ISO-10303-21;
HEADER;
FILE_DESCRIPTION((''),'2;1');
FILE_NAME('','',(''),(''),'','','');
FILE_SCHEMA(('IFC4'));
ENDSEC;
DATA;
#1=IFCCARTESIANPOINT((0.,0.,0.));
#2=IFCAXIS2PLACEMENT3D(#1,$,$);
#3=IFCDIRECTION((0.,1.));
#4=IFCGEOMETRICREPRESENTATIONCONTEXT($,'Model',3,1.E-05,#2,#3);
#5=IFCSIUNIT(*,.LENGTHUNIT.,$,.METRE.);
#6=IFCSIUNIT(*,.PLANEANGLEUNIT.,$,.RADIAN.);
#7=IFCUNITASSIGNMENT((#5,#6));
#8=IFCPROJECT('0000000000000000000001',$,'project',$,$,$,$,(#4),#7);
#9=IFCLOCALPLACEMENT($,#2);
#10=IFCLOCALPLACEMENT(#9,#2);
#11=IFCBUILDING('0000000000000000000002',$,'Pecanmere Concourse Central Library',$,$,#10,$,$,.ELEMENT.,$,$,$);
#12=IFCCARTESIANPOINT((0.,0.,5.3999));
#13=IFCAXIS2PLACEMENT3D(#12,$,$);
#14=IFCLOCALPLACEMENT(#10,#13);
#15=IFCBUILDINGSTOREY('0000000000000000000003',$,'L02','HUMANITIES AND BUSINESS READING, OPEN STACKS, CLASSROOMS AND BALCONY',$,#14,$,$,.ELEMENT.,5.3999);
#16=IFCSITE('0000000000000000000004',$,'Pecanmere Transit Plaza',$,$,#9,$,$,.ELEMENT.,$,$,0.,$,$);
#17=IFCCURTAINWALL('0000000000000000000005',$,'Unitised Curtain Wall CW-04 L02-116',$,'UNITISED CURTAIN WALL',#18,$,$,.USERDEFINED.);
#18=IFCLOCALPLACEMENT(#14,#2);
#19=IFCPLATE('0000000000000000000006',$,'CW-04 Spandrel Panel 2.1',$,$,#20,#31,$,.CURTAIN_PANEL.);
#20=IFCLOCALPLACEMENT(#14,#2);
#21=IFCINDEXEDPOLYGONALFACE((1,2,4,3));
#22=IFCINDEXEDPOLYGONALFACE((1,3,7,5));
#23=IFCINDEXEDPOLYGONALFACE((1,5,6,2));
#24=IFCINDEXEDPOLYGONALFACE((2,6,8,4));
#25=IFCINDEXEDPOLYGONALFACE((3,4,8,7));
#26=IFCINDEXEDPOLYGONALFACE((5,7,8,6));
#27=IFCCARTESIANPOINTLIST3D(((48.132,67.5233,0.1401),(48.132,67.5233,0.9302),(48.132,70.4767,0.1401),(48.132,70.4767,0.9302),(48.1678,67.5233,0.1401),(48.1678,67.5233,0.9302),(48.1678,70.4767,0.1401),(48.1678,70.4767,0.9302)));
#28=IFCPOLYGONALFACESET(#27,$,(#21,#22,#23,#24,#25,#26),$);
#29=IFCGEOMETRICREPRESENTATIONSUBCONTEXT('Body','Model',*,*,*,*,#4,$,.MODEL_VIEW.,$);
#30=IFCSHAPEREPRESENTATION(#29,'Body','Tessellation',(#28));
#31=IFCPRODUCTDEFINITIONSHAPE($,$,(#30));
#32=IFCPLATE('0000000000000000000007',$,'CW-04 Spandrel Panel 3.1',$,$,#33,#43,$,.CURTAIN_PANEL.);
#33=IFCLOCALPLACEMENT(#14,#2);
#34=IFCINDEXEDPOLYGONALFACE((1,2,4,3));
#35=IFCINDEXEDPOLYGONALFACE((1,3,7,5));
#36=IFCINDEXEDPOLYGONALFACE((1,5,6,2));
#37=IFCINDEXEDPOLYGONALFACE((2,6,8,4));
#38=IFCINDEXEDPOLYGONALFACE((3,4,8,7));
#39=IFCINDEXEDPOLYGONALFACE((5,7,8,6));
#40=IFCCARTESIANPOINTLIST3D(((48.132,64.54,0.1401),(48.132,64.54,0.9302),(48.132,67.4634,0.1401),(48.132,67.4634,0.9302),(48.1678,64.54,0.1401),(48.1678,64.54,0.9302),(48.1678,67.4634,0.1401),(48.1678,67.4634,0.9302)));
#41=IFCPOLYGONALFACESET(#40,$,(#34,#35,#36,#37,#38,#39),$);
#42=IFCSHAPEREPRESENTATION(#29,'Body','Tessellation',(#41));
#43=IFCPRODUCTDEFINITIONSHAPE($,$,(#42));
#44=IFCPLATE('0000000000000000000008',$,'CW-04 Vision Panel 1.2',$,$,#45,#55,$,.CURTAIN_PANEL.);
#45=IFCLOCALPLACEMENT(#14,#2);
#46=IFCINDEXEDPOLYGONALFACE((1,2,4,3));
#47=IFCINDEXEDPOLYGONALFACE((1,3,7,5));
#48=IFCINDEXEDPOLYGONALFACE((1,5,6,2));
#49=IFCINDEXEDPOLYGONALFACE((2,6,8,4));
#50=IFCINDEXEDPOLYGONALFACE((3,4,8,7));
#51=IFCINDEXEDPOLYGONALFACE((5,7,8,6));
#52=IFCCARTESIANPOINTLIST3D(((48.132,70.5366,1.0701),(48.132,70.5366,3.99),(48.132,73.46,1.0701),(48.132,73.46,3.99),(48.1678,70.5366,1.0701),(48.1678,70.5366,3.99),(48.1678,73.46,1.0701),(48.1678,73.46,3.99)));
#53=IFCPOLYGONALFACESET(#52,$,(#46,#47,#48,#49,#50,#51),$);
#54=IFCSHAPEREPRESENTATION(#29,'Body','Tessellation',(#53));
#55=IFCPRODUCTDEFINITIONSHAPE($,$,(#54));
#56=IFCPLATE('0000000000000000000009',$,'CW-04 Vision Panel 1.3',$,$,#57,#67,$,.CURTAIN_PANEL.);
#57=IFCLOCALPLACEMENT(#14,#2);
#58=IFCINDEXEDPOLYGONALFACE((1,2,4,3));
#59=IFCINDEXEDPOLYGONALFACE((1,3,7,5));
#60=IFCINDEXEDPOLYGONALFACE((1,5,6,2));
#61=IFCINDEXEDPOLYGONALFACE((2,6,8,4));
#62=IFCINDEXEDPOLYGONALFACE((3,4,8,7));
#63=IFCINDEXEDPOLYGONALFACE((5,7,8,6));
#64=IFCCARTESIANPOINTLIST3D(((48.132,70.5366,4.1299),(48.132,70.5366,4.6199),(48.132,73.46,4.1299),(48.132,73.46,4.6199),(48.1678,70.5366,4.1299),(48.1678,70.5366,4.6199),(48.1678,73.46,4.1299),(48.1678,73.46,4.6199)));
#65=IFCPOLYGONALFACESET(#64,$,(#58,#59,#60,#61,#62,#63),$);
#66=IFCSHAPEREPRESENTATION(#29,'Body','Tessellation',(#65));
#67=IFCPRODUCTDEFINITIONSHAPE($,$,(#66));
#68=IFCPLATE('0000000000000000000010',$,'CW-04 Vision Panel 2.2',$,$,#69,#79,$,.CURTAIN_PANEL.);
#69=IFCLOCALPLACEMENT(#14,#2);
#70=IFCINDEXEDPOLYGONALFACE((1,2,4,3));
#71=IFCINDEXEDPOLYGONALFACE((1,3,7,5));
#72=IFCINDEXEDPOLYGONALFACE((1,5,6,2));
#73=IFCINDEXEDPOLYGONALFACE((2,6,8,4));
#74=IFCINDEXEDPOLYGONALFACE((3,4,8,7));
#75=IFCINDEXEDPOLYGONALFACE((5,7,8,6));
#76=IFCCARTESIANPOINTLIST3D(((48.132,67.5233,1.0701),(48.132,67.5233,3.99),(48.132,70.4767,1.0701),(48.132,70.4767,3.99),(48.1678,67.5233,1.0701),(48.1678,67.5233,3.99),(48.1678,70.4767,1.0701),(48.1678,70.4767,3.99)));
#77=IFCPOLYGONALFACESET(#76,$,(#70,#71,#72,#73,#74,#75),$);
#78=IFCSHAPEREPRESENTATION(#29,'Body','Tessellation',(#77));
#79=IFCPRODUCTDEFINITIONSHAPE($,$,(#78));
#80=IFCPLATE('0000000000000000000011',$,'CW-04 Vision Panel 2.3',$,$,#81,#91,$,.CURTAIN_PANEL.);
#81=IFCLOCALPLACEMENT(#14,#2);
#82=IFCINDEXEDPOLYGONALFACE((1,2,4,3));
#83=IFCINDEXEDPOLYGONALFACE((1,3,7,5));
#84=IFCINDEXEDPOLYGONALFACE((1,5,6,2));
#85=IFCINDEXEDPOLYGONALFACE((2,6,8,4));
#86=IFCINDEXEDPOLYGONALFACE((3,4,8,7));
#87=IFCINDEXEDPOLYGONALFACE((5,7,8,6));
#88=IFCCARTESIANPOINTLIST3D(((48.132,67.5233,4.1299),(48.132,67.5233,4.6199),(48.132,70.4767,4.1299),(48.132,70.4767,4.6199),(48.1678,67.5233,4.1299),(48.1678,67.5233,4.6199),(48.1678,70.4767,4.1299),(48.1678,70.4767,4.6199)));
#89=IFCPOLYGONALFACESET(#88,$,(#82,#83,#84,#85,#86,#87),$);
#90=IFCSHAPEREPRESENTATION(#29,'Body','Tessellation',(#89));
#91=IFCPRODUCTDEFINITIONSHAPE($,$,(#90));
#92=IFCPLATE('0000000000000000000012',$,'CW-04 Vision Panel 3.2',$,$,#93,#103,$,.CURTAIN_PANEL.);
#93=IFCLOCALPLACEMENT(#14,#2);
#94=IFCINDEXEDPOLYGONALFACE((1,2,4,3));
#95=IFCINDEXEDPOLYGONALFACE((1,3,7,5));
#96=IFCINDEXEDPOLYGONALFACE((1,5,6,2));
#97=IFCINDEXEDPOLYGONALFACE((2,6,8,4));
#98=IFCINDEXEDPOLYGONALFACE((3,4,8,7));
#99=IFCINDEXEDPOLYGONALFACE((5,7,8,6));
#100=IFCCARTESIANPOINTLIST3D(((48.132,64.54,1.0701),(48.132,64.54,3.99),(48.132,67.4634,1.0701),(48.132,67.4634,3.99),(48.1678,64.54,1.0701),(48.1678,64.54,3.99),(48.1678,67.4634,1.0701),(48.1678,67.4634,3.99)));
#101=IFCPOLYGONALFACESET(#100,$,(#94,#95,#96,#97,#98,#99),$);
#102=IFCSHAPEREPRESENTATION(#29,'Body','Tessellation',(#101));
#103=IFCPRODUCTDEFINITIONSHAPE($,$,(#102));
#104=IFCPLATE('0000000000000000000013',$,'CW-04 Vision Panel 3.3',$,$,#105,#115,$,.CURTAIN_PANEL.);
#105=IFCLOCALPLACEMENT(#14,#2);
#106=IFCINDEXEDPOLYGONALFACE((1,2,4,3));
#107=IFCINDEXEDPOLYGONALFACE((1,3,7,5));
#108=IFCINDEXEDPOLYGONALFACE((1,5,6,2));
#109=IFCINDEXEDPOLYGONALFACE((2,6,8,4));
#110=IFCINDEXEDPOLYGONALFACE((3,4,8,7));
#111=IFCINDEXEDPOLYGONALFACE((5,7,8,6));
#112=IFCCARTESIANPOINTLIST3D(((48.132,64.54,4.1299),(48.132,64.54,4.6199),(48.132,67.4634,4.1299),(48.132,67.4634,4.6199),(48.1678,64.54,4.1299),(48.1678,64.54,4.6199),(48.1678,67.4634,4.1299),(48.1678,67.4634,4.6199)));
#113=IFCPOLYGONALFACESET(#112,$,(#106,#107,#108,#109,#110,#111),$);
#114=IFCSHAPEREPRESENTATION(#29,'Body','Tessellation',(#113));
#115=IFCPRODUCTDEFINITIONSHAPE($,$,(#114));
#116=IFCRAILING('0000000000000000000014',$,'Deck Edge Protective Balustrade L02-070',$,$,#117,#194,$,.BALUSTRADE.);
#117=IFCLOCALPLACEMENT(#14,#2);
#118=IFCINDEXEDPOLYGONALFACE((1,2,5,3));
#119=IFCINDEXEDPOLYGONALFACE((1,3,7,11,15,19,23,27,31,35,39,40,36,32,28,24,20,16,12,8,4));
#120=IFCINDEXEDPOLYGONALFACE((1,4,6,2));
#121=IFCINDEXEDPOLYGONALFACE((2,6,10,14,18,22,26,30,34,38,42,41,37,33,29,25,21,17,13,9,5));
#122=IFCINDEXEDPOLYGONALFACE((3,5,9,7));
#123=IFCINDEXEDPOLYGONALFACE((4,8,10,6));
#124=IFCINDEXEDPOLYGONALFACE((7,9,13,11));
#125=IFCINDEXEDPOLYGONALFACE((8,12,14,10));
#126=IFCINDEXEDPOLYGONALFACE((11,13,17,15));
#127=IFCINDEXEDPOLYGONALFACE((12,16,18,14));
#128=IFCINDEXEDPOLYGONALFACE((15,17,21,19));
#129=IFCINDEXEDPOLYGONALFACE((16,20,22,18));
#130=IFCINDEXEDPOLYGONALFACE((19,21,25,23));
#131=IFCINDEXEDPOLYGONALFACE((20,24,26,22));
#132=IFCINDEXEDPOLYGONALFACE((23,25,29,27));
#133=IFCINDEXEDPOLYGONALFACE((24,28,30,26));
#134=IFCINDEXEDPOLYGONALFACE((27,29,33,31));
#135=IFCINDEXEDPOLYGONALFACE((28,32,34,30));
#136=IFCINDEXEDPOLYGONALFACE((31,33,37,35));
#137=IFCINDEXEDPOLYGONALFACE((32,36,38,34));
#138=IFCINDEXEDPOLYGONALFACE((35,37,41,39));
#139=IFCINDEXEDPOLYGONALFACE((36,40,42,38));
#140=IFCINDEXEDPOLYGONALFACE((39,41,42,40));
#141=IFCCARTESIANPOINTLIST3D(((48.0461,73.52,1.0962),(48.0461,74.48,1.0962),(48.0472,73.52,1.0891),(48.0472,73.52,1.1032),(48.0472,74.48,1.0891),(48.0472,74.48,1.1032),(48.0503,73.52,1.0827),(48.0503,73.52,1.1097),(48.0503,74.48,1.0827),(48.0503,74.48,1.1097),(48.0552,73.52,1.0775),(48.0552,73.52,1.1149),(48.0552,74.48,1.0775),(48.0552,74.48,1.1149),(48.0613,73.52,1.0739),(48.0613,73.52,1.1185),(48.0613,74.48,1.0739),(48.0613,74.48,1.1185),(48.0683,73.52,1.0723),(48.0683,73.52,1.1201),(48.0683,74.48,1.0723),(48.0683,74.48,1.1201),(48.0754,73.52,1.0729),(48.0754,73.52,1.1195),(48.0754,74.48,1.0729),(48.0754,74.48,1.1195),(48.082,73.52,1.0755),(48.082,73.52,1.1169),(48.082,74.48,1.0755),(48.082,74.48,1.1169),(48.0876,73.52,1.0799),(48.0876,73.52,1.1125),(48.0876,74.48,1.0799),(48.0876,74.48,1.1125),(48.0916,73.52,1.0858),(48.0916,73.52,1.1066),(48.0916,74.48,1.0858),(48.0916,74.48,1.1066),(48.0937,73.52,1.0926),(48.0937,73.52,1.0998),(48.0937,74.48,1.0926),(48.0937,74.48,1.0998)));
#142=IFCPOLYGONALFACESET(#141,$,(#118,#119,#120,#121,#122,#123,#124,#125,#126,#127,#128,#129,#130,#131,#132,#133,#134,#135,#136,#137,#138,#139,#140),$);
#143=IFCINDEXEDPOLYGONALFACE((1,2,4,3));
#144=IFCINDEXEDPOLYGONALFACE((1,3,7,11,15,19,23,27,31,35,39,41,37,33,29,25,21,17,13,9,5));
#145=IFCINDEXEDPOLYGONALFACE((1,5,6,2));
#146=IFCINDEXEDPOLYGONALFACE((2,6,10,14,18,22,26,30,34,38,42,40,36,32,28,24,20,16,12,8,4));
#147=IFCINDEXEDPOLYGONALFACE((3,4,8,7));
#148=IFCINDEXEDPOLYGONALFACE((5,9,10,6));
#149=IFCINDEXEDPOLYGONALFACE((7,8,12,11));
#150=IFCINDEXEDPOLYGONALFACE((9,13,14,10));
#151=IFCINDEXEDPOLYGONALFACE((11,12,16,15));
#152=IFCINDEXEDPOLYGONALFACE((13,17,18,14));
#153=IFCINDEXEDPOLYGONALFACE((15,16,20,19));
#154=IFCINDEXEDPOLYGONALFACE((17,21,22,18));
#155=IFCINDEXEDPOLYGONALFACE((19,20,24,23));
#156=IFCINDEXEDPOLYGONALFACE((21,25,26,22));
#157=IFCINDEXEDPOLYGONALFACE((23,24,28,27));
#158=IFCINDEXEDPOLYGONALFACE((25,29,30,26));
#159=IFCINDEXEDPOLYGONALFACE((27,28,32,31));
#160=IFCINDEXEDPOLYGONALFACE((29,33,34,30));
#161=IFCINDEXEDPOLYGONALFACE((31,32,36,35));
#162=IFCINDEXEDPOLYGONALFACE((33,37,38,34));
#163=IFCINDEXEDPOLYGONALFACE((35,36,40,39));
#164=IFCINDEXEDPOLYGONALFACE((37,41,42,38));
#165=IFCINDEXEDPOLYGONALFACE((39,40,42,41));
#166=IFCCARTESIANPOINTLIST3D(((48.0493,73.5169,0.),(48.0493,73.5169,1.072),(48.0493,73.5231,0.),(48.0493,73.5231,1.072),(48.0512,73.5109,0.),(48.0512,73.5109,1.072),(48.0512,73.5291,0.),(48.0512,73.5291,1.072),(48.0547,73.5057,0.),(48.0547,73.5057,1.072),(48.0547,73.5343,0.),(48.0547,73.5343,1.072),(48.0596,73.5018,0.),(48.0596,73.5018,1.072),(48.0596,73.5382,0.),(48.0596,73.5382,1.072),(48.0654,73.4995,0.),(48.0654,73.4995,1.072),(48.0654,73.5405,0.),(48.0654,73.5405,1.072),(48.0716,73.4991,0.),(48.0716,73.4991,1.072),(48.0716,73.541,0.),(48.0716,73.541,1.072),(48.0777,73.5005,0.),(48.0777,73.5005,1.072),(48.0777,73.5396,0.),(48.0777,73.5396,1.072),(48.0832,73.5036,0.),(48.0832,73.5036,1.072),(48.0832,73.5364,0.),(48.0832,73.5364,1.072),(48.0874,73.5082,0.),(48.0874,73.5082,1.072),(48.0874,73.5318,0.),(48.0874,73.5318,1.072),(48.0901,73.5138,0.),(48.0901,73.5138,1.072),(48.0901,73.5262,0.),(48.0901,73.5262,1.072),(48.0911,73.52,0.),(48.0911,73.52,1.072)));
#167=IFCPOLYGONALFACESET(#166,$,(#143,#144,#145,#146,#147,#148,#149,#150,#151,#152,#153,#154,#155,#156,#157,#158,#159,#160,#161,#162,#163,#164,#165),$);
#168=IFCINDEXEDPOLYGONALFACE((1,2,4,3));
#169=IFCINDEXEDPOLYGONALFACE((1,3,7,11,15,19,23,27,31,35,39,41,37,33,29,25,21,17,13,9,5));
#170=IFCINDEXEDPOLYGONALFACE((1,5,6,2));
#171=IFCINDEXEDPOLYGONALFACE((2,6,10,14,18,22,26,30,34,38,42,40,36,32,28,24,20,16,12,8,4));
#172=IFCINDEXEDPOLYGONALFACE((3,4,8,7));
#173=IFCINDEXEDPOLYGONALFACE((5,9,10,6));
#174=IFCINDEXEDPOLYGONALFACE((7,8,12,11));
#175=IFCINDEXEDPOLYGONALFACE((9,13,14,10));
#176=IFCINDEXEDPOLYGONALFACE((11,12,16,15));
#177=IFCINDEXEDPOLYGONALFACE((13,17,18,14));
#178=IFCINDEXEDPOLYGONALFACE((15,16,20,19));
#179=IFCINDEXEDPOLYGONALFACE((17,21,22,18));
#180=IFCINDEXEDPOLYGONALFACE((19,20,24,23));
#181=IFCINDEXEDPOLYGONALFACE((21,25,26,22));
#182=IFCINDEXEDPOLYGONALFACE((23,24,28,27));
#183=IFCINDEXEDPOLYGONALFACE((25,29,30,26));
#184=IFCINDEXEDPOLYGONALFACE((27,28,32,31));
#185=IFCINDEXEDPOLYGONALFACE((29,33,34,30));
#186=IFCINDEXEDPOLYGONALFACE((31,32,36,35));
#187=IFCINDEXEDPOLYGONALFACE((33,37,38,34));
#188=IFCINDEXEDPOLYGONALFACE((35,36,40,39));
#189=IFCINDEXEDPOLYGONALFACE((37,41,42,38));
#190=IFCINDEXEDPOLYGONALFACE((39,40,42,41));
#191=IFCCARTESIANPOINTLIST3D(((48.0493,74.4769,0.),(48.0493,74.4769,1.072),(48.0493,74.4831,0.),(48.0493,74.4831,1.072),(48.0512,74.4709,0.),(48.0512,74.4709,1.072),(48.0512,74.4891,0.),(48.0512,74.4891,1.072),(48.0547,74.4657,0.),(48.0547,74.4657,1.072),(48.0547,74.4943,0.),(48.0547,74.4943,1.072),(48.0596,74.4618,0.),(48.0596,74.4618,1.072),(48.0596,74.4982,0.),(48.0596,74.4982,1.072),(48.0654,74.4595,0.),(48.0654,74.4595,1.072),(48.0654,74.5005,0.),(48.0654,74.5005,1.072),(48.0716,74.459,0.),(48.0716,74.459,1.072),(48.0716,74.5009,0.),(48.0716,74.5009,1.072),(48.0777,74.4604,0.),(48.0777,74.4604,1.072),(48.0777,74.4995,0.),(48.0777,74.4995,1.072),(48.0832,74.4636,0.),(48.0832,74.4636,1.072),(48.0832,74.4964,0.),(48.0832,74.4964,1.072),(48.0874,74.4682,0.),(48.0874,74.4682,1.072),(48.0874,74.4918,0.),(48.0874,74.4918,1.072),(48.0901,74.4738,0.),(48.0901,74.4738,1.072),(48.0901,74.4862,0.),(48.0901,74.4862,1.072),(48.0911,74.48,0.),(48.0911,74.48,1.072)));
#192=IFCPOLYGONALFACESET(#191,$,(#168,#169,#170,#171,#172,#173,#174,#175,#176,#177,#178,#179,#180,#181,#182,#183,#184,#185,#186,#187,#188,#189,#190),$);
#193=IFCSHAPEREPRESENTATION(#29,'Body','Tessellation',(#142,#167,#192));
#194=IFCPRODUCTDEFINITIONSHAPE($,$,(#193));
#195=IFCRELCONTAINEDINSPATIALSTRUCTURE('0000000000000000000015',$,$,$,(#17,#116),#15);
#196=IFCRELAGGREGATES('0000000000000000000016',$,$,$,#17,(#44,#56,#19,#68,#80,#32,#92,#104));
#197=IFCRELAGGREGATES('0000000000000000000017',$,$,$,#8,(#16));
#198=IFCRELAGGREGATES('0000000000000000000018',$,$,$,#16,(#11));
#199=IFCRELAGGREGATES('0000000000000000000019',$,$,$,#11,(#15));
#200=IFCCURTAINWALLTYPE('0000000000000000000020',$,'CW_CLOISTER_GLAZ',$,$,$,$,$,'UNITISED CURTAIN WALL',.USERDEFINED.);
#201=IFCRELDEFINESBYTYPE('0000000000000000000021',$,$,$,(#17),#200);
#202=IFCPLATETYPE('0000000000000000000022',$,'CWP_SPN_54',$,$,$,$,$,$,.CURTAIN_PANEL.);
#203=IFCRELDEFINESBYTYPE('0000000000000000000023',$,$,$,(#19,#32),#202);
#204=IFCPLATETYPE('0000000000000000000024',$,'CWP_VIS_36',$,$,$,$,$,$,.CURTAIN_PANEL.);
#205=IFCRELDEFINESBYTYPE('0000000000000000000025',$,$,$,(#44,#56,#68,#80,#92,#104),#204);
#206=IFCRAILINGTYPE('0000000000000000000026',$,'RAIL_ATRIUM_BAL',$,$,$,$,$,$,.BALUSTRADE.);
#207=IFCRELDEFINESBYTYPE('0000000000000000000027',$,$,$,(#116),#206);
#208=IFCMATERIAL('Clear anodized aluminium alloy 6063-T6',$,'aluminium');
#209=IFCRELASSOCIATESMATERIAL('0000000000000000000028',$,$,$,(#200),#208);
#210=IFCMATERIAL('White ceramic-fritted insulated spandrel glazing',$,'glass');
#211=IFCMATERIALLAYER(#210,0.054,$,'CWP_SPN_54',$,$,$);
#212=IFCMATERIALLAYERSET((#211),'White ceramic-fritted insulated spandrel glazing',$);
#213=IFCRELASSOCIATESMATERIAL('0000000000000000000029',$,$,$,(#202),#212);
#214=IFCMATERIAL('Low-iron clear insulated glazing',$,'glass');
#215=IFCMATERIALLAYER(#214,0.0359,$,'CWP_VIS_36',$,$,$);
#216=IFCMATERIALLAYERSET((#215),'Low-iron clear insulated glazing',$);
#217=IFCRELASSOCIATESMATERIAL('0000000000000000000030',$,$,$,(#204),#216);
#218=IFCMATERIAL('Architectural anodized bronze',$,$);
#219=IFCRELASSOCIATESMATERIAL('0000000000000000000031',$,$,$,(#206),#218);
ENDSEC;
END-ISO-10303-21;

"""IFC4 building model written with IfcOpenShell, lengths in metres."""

from ifc_helpers import new_model, si_unit, direction, frame, origin, origin_2d, place, context, subcontext, project, spatial, rectangle, circle, extrude, material, layer, layer_set, type_object, element, aggregate, save


model = new_model("IFC4")

# Units and contexts
model_context = context("Model", 3, precision=1e-05, world=origin(), true_north=direction((0.0, 1.0)))
body_context = subcontext(model_context, "Body", "Model", "MODEL_VIEW")
ifc_project = project(units=[si_unit("LENGTHUNIT", "METRE"), si_unit("PLANEANGLEUNIT", "RADIAN")], contexts=[model_context])

# Site, building, storey
site_placement = place(None, origin())
site = spatial("IfcSite", under=ifc_project, at=site_placement, Name="Pecanmere Transit Plaza", CompositionType="ELEMENT", RefElevation=0.0)
building_placement = place(site_placement, origin())
building = spatial("IfcBuilding", under=site, at=building_placement, Name="Pecanmere Concourse Central Library", CompositionType="ELEMENT")
storey_placement = place(building_placement, frame((0.0, 0.0, 5.3999)))
storey = spatial("IfcBuildingStorey", under=building, at=storey_placement, Name="L02", Description="HUMANITIES AND BUSINESS READING, OPEN STACKS, CLASSROOMS AND BALCONY", CompositionType="ELEMENT", Elevation=5.3999)

# Curtain wall
ifc_material_1 = material(Name="Clear anodized aluminium alloy 6063-T6", Category="aluminium")
curtain_wall_type = type_object("IfcCurtainWallType", Name="CW_CLOISTER_GLAZ", ElementType="UNITISED CURTAIN WALL", PredefinedType="USERDEFINED", material=ifc_material_1)
curtain_wall_placement = place(storey_placement, origin())
curtain_wall = element("IfcCurtainWall", 1, at=curtain_wall_placement, inside=storey, type_object=curtain_wall_type, Name="Unitised Curtain Wall CW-04 L02-116", ObjectType="UNITISED CURTAIN WALL", PredefinedType="USERDEFINED")

# Plates
ifc_material_2 = material(Name="White ceramic-fritted insulated spandrel glazing", Category="glass")
ifc_layer_1 = layer(ifc_material_2, 0.054, Name="CWP_SPN_54")
ifc_layer_set_1 = layer_set([ifc_layer_1], Name="White ceramic-fritted insulated spandrel glazing")
plate_type_1 = type_object("IfcPlateType", Name="CWP_SPN_54", PredefinedType="CURTAIN_PANEL", material=ifc_layer_set_1)
plate_1_placement = place(storey_placement, frame((48.1499, 69.0, 0.1401), z_axis=(0.0, 0.0, 1.0), x_axis=(0.0, -1.0, 0.0)))
plate_1 = element("IfcPlate", 2, at=plate_1_placement, type_object=plate_type_1, Name="CW-04 Spandrel Panel 2.1", PredefinedType="CURTAIN_PANEL", context=body_context, shape_type="SweptSolid", body=[
    extrude(rectangle(XDim=2.9534, YDim=0.0359, at=origin_2d()), origin(), (0.0, 0.0, 1.0), 0.79),
])
plate_2_placement = place(storey_placement, frame((48.1499, 66.0017, 0.1401), z_axis=(0.0, 0.0, 1.0), x_axis=(0.0, -1.0, 0.0)))
plate_2 = element("IfcPlate", 3, at=plate_2_placement, type_object=plate_type_1, Name="CW-04 Spandrel Panel 3.1", PredefinedType="CURTAIN_PANEL", context=body_context, shape_type="SweptSolid", body=[
    extrude(rectangle(XDim=2.9233, YDim=0.0359, at=origin_2d()), origin(), (0.0, 0.0, 1.0), 0.79),
])
ifc_material_3 = material(Name="Low-iron clear insulated glazing", Category="glass")
ifc_layer_2 = layer(ifc_material_3, 0.0359, Name="CWP_VIS_36")
ifc_layer_set_2 = layer_set([ifc_layer_2], Name="Low-iron clear insulated glazing")
plate_type_2 = type_object("IfcPlateType", Name="CWP_VIS_36", PredefinedType="CURTAIN_PANEL", material=ifc_layer_set_2)
plate_3_placement = place(storey_placement, frame((48.1499, 71.9983, 1.0701), z_axis=(0.0, 0.0, 1.0), x_axis=(0.0, -1.0, 0.0)))
plate_3 = element("IfcPlate", 4, at=plate_3_placement, type_object=plate_type_2, Name="CW-04 Vision Panel 1.2", PredefinedType="CURTAIN_PANEL", context=body_context, shape_type="SweptSolid", body=[
    extrude(rectangle(XDim=2.9233, YDim=0.0359, at=origin_2d()), origin(), (0.0, 0.0, 1.0), 2.9199),
])
plate_4_placement = place(storey_placement, frame((48.1499, 71.9983, 4.1299), z_axis=(0.0, 0.0, 1.0), x_axis=(0.0, -1.0, 0.0)))
plate_4 = element("IfcPlate", 5, at=plate_4_placement, type_object=plate_type_2, Name="CW-04 Vision Panel 1.3", PredefinedType="CURTAIN_PANEL", context=body_context, shape_type="SweptSolid", body=[
    extrude(rectangle(XDim=2.9233, YDim=0.0359, at=origin_2d()), origin(), (0.0, 0.0, 1.0), 0.49),
])
plate_5_placement = place(storey_placement, frame((48.1499, 69.0, 1.0701), z_axis=(0.0, 0.0, 1.0), x_axis=(0.0, -1.0, 0.0)))
plate_5 = element("IfcPlate", 6, at=plate_5_placement, type_object=plate_type_2, Name="CW-04 Vision Panel 2.2", PredefinedType="CURTAIN_PANEL", context=body_context, shape_type="SweptSolid", body=[
    extrude(rectangle(XDim=2.9534, YDim=0.0359, at=origin_2d()), origin(), (0.0, 0.0, 1.0), 2.9199),
])
plate_6_placement = place(storey_placement, frame((48.1499, 69.0, 4.1299), z_axis=(0.0, 0.0, 1.0), x_axis=(0.0, -1.0, 0.0)))
plate_6 = element("IfcPlate", 7, at=plate_6_placement, type_object=plate_type_2, Name="CW-04 Vision Panel 2.3", PredefinedType="CURTAIN_PANEL", context=body_context, shape_type="SweptSolid", body=[
    extrude(rectangle(XDim=2.9534, YDim=0.0359, at=origin_2d()), origin(), (0.0, 0.0, 1.0), 0.49),
])
plate_7_placement = place(storey_placement, frame((48.1499, 66.0017, 1.0701), z_axis=(0.0, 0.0, 1.0), x_axis=(0.0, -1.0, 0.0)))
plate_7 = element("IfcPlate", 8, at=plate_7_placement, type_object=plate_type_2, Name="CW-04 Vision Panel 3.2", PredefinedType="CURTAIN_PANEL", context=body_context, shape_type="SweptSolid", body=[
    extrude(rectangle(XDim=2.9233, YDim=0.0359, at=origin_2d()), origin(), (0.0, 0.0, 1.0), 2.9199),
])
plate_8_placement = place(storey_placement, frame((48.1499, 66.0017, 4.1299), z_axis=(0.0, 0.0, 1.0), x_axis=(0.0, -1.0, 0.0)))
plate_8 = element("IfcPlate", 9, at=plate_8_placement, type_object=plate_type_2, Name="CW-04 Vision Panel 3.3", PredefinedType="CURTAIN_PANEL", context=body_context, shape_type="SweptSolid", body=[
    extrude(rectangle(XDim=2.9233, YDim=0.0359, at=origin_2d()), origin(), (0.0, 0.0, 1.0), 0.49),
])
aggregate(curtain_wall, [plate_3, plate_4, plate_1, plate_5, plate_6, plate_2, plate_7, plate_8])

# Railing
ifc_material_4 = material(Name="Architectural anodized bronze")
railing_type = type_object("IfcRailingType", Name="RAIL_ATRIUM_BAL", PredefinedType="BALUSTRADE", material=ifc_material_4)
railing_placement = place(storey_placement, frame((48.0701, 73.52, 0.0)))
element("IfcRailing", 10, at=railing_placement, inside=storey, type_object=railing_type, Name="Deck Edge Protective Balustrade L02-070", PredefinedType="BALUSTRADE", context=body_context, shape_type="SweptSolid", body=[
    extrude(circle(Radius=0.0239, at=origin_2d()), frame((0.0, 0.0, 1.0962), z_axis=(0.0, 1.0, 0.0), x_axis=(-1.0, 0.0, 0.0)), (0.0, 0.0, 1.0), 0.96),
    extrude(circle(Radius=0.021, at=origin_2d()), origin(), (0.0, 0.0, 1.0), 1.072),
    extrude(circle(Radius=0.021, at=origin_2d()), frame((0.0, 0.96, 0.0)), (0.0, 0.0, 1.0), 1.072),
])

save(model, "model.ifc")
